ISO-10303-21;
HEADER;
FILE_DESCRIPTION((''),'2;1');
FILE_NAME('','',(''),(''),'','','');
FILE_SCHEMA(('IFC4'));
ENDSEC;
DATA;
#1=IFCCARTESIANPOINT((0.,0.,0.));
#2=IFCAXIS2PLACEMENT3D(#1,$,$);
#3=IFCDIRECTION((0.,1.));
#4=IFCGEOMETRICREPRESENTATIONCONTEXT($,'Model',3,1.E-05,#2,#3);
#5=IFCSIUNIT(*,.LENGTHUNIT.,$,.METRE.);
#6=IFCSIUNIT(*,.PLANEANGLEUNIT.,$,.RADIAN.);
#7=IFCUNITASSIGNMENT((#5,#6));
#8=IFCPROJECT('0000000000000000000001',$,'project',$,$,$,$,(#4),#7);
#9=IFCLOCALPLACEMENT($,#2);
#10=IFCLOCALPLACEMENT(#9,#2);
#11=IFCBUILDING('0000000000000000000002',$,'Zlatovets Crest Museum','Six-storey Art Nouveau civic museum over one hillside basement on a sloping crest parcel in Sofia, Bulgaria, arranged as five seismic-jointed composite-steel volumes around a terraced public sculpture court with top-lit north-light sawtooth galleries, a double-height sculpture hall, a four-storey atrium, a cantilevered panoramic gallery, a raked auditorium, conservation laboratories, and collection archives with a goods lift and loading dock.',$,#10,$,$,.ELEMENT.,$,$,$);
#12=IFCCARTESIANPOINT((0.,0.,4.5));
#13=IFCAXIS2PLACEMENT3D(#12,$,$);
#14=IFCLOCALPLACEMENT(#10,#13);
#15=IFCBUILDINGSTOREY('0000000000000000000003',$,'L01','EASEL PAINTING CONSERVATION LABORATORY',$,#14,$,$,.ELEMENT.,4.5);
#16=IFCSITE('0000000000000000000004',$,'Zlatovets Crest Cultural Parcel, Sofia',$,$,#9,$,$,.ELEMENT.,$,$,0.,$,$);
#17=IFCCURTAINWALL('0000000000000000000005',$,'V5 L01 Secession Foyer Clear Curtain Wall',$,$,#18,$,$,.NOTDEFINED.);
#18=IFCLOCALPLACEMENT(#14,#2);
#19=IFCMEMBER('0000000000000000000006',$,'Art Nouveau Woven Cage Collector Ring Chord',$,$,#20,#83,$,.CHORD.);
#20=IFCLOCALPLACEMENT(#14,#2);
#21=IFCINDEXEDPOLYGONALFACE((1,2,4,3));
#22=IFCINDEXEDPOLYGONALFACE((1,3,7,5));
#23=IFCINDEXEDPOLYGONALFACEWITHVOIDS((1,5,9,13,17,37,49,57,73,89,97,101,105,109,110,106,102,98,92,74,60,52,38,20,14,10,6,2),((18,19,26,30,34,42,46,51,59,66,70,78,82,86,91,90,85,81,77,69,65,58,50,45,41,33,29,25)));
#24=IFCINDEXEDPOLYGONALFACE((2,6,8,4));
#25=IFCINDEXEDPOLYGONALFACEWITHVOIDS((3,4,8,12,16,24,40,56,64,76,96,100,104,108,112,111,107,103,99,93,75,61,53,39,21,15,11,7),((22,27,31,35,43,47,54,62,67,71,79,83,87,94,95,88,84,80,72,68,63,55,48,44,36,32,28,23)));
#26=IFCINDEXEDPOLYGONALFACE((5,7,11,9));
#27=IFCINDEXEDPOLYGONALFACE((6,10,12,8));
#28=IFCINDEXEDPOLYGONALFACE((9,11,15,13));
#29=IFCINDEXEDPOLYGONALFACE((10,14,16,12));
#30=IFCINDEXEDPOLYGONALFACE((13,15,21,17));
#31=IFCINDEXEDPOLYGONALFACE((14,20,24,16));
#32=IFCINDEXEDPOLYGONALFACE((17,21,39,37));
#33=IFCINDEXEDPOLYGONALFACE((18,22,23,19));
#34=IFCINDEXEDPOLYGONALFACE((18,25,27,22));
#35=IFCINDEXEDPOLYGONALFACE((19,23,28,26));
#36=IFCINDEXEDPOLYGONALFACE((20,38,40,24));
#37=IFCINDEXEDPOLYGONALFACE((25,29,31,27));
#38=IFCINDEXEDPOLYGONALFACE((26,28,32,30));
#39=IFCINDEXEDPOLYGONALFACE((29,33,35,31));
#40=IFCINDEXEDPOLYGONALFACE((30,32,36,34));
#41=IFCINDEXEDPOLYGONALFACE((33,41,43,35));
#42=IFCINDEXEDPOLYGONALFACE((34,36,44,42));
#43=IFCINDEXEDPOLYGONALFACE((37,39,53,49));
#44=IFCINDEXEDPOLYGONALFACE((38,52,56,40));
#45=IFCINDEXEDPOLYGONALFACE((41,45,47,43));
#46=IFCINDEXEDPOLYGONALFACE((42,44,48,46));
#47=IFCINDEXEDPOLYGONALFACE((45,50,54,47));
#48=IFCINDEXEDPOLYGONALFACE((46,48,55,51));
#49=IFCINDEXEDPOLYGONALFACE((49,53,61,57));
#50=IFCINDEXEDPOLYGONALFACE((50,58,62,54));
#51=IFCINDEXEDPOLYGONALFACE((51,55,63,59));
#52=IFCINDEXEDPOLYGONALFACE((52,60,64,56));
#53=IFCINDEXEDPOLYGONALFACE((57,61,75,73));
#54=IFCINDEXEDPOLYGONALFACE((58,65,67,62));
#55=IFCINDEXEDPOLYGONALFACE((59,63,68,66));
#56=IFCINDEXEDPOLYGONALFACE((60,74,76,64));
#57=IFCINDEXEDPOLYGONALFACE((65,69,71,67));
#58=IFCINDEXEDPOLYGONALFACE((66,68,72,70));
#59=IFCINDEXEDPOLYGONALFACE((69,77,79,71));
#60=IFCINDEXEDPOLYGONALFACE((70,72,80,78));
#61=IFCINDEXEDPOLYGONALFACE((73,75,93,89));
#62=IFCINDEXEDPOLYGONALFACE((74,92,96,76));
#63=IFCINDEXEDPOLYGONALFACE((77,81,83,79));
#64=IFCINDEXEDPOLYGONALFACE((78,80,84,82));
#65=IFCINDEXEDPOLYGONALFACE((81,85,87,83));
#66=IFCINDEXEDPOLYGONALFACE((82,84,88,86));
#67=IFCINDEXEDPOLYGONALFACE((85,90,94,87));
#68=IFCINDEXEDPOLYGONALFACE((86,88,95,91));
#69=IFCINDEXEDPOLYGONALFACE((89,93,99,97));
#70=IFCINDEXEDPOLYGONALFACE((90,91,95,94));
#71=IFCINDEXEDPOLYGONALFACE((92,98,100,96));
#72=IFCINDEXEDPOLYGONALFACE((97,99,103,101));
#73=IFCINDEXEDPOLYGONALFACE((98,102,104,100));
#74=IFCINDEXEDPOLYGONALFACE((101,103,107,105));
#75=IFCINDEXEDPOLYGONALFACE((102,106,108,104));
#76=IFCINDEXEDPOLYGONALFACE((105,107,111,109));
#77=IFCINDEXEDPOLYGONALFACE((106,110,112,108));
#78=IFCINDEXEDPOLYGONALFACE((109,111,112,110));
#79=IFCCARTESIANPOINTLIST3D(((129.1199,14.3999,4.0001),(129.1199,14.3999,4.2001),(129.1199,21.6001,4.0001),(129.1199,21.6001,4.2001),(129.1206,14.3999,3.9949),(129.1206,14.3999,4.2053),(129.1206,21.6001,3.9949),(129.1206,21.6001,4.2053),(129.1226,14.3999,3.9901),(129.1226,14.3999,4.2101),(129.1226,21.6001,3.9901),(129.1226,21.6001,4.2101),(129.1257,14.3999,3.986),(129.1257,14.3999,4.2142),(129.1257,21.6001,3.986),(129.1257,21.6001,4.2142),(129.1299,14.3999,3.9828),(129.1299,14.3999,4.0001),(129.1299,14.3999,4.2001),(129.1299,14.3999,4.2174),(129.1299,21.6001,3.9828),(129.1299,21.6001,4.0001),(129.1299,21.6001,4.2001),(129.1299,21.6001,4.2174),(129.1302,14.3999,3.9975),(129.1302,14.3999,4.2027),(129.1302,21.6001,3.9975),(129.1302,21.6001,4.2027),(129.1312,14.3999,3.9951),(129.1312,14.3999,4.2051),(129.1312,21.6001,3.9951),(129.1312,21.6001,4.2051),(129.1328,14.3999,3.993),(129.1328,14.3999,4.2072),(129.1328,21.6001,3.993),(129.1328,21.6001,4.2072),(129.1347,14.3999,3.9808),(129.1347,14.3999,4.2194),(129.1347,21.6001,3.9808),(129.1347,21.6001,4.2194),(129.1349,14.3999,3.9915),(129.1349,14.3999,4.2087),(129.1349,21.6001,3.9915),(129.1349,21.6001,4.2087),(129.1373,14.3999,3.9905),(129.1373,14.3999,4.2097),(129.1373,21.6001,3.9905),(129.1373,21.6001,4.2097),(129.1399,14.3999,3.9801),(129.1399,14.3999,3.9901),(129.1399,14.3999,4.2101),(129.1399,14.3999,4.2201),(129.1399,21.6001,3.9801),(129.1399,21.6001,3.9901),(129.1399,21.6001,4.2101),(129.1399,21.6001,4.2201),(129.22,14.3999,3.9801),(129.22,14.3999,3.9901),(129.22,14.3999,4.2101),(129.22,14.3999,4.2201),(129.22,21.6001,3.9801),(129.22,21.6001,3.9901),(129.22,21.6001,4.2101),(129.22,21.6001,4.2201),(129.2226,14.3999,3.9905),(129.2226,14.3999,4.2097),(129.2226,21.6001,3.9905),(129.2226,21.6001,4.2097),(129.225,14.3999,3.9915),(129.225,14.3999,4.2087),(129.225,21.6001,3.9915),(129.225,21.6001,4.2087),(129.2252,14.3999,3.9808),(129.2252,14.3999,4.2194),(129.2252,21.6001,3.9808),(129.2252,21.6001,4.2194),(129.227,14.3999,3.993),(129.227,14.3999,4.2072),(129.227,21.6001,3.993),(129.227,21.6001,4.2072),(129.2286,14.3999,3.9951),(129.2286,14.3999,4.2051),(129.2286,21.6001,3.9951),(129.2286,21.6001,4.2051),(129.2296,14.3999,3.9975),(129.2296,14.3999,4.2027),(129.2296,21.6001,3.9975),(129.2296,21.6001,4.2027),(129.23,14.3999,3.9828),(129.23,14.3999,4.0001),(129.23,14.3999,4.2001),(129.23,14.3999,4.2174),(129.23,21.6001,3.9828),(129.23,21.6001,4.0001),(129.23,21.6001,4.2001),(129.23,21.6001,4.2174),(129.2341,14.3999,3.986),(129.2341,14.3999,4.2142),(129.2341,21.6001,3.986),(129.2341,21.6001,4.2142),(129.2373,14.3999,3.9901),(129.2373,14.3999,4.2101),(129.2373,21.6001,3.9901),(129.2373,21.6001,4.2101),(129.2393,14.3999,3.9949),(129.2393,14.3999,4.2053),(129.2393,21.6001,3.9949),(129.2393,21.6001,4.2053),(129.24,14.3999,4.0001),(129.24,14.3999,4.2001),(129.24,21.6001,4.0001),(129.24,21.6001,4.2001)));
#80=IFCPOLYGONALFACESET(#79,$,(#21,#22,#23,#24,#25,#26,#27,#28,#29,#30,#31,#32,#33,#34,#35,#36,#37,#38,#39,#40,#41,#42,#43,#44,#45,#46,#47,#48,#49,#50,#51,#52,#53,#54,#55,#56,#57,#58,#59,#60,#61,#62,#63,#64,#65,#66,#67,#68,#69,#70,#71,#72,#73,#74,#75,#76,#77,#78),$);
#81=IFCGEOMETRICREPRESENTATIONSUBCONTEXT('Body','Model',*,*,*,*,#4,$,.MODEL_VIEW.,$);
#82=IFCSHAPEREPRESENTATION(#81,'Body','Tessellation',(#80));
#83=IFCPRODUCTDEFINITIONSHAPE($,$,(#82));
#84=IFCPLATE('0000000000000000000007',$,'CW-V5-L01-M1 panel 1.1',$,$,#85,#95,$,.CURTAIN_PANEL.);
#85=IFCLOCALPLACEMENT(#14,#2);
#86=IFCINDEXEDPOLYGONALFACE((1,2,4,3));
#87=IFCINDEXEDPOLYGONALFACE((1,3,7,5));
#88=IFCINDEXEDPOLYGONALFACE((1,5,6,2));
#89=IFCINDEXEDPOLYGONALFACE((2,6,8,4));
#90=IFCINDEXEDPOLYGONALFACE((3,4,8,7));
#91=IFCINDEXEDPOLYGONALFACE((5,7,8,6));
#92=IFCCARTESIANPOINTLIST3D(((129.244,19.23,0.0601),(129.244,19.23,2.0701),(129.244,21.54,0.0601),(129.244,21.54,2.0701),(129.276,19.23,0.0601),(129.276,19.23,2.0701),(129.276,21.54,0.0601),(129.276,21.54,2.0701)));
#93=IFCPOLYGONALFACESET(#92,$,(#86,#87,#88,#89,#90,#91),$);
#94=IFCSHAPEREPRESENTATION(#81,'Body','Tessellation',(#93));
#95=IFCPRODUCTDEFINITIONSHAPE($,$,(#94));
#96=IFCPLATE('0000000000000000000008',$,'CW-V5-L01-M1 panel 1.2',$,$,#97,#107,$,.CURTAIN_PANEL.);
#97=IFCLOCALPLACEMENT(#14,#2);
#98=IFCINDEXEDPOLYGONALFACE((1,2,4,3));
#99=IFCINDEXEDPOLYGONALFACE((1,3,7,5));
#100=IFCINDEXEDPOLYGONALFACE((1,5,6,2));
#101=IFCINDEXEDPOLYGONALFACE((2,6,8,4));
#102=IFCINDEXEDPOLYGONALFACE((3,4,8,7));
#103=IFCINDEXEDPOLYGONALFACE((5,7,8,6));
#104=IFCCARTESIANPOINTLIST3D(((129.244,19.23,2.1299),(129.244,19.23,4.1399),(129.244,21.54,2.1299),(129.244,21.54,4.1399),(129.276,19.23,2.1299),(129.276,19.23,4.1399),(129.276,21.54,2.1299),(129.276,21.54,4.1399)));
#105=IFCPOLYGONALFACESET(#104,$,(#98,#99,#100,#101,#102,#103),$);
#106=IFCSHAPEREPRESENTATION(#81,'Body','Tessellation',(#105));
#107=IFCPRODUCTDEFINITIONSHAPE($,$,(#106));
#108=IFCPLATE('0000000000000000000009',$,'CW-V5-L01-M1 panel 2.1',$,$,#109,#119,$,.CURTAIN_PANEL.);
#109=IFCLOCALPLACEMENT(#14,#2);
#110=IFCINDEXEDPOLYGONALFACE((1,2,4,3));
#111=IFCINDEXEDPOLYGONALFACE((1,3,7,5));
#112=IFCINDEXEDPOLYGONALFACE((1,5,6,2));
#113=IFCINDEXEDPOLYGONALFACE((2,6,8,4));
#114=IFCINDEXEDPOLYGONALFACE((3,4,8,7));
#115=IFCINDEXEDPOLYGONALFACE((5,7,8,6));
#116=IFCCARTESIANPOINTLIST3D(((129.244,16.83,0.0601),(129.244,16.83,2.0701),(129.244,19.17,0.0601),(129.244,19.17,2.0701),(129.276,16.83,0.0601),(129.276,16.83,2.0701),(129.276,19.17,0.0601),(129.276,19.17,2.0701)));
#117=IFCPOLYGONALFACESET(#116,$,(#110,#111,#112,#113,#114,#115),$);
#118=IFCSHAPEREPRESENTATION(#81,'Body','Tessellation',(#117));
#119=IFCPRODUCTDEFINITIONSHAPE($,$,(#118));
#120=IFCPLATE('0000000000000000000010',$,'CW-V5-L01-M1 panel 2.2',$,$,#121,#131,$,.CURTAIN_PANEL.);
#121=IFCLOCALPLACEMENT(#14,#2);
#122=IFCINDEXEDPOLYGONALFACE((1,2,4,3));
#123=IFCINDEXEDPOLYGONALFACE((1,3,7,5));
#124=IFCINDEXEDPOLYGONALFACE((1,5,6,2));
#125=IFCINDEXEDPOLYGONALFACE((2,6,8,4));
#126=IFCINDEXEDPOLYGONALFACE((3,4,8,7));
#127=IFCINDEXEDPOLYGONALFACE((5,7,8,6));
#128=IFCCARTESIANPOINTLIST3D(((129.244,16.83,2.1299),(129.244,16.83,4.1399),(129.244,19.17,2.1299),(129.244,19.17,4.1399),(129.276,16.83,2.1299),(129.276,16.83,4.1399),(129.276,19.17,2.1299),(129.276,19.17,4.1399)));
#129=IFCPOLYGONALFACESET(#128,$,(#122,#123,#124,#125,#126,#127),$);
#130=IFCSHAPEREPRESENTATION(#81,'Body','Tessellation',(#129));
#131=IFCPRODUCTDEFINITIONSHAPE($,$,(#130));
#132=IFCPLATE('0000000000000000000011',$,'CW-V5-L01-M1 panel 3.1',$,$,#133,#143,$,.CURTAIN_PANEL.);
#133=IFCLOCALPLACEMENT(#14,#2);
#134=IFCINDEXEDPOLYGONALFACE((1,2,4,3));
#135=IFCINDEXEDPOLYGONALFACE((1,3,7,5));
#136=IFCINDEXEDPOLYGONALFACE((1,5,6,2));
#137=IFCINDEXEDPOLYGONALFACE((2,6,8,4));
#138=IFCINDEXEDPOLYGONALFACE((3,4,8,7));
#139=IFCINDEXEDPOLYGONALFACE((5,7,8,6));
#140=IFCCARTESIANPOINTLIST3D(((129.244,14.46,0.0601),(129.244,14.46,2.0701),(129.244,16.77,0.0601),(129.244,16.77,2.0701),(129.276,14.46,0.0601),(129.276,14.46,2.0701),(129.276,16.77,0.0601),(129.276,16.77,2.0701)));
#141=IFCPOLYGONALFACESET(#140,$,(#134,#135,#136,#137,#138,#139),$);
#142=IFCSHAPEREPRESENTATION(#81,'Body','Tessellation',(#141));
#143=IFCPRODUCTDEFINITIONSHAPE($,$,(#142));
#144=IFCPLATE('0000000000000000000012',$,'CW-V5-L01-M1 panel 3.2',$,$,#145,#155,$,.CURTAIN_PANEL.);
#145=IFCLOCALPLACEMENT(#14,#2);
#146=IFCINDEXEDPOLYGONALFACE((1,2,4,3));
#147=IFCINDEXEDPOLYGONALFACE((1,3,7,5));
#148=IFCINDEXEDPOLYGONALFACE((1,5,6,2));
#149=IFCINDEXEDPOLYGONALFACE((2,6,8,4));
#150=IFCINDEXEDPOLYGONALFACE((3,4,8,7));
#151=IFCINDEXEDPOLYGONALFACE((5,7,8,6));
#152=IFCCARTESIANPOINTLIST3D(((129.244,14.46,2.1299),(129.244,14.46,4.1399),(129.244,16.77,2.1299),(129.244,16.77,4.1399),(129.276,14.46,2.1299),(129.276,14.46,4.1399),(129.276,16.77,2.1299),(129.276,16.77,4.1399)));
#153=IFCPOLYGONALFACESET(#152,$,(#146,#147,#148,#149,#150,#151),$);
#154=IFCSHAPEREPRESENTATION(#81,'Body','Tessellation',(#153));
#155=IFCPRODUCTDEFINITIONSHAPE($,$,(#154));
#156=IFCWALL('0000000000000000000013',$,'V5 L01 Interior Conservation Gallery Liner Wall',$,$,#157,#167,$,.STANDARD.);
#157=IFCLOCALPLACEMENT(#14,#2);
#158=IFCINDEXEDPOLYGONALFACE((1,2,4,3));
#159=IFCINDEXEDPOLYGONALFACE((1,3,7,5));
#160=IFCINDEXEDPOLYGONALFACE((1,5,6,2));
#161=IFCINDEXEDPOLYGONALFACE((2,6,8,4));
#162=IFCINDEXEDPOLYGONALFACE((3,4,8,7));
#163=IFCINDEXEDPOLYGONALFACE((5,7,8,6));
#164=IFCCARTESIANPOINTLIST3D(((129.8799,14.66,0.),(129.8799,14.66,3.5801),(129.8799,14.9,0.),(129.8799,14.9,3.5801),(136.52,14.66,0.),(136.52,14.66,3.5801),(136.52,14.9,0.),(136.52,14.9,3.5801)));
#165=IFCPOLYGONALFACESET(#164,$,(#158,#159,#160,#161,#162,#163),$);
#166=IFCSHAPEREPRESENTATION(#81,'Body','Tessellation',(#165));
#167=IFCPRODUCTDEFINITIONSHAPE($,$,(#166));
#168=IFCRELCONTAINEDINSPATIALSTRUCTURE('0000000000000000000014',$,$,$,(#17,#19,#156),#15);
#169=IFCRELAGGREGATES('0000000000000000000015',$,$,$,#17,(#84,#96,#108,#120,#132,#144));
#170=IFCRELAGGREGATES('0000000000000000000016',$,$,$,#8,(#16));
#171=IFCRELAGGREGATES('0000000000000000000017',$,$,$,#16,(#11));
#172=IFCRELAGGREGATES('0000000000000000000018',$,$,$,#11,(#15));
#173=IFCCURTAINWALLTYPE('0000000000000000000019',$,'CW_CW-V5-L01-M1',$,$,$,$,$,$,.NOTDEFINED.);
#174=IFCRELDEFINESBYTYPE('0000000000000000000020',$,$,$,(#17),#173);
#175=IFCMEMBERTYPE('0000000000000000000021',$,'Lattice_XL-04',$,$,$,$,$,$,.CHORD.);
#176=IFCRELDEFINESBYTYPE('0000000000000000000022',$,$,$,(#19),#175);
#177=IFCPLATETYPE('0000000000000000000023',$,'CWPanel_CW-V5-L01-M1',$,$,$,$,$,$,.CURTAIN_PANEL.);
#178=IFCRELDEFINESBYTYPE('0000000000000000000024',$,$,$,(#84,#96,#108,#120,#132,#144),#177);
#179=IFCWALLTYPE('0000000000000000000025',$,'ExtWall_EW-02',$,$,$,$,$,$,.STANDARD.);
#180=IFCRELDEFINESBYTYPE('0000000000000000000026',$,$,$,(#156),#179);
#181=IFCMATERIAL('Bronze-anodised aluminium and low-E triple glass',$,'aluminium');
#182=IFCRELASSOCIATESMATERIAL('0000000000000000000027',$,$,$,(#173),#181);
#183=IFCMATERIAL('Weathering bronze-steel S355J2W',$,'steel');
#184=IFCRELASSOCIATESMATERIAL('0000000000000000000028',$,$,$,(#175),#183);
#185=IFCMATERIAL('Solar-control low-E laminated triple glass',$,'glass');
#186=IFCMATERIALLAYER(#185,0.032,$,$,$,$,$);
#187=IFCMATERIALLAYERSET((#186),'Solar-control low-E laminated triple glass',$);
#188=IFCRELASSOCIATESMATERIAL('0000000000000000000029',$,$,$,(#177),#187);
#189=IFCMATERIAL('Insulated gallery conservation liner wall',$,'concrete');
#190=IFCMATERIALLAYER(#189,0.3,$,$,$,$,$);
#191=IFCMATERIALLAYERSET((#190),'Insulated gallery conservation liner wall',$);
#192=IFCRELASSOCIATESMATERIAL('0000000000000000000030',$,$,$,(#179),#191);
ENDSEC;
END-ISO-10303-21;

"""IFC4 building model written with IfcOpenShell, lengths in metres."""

from ifc_helpers import new_model, si_unit, direction, frame, frame_2d, origin, origin_2d, place, context, subcontext, project, spatial, rectangle, hollow_rectangle, extrude, material, layer, layer_set, material_profile, profile_set, type_object, element, aggregate, save


model = new_model("IFC4")

# Units and contexts
model_context = context("Model", 3, precision=1e-05, world=origin(), true_north=direction((0.0, 1.0)))
body_context = subcontext(model_context, "Body", "Model", "MODEL_VIEW")
ifc_project = project(units=[si_unit("LENGTHUNIT", "METRE"), si_unit("PLANEANGLEUNIT", "RADIAN")], contexts=[model_context])

# Site, building, storey
site_placement = place(None, origin())
site = spatial("IfcSite", under=ifc_project, at=site_placement, Name="Zlatovets Crest Cultural Parcel, Sofia", CompositionType="ELEMENT", RefElevation=0.0)
building_placement = place(site_placement, origin())
building = spatial("IfcBuilding", under=site, at=building_placement, Name="Zlatovets Crest Museum", Description="Six-storey Art Nouveau civic museum over one hillside basement on a sloping crest parcel in Sofia, Bulgaria, arranged as five seismic-jointed composite-steel volumes around a terraced public sculpture court with top-lit north-light sawtooth galleries, a double-height sculpture hall, a four-storey atrium, a cantilevered panoramic gallery, a raked auditorium, conservation laboratories, and collection archives with a goods lift and loading dock.", CompositionType="ELEMENT")
storey_placement = place(building_placement, frame((0.0, 0.0, 4.5)))
storey = spatial("IfcBuildingStorey", under=building, at=storey_placement, Name="L01", Description="EASEL PAINTING CONSERVATION LABORATORY", CompositionType="ELEMENT", Elevation=4.5)

# Curtain wall
ifc_material_1 = material(Name="Bronze-anodised aluminium and low-E triple glass", Category="aluminium")
curtain_wall_type_1 = type_object("IfcCurtainWallType", Name="CW_CW-V5-L01-M1", PredefinedType="NOTDEFINED", material=ifc_material_1)
curtain_wall_1_placement = place(storey_placement, origin())
curtain_wall_1 = element("IfcCurtainWall", 1, at=curtain_wall_1_placement, inside=storey, type_object=curtain_wall_type_1, Name="V5 L01 Secession Foyer Clear Curtain Wall", PredefinedType="NOTDEFINED")

# Member
ifc_material_2 = material(Name="Weathering bronze-steel S355J2W", Category="steel")
ifc_material_profile_1 = material_profile(ifc_material_2, hollow_rectangle(XDim=0.1201, YDim=0.24, WallThickness=0.01, InnerFilletRadius=0.01, OuterFilletRadius=0.02, at=origin_2d()), Name="RHS 120x240x10.0")
ifc_profile_set_1 = profile_set([ifc_material_profile_1], Name="Weathering bronze-steel S355J2W")
member_type_1 = type_object("IfcMemberType", Name="Lattice_XL-04", PredefinedType="CHORD", material=ifc_profile_set_1)
member_1_placement = place(storey_placement, frame((129.1799, 21.6001, 4.1001), z_axis=(0.0, -1.0, 0.0), x_axis=(1.0, 0.0, 0.0)))
element("IfcMember", 2, at=member_1_placement, inside=storey, type_object=member_type_1, Name="Art Nouveau Woven Cage Collector Ring Chord", PredefinedType="CHORD", context=body_context, shape_type="SweptSolid", body=[
    extrude(hollow_rectangle(XDim=0.1201, YDim=0.24, WallThickness=0.01, InnerFilletRadius=0.01, OuterFilletRadius=0.02, at=origin_2d()), origin(), (0.0, 0.0, 1.0), 7.2002),
])

# Plates
ifc_material_3 = material(Name="Solar-control low-E laminated triple glass", Category="glass")
ifc_layer_1 = layer(ifc_material_3, 0.032)
ifc_layer_set_1 = layer_set([ifc_layer_1], Name="Solar-control low-E laminated triple glass")
plate_type = type_object("IfcPlateType", Name="CWPanel_CW-V5-L01-M1", PredefinedType="CURTAIN_PANEL", material=ifc_layer_set_1)
plate_1_placement = place(storey_placement, frame((129.26, 20.385, 0.0601), z_axis=(0.0, 0.0, 1.0), x_axis=(0.0, -1.0, 0.0)))
plate_1 = element("IfcPlate", 3, at=plate_1_placement, type_object=plate_type, Name="CW-V5-L01-M1 panel 1.1", PredefinedType="CURTAIN_PANEL", context=body_context, shape_type="SweptSolid", body=[
    extrude(rectangle(XDim=2.3101, YDim=0.032, at=origin_2d()), origin(), (0.0, 0.0, 1.0), 2.01),
])
plate_2_placement = place(storey_placement, frame((129.26, 20.385, 2.1299), z_axis=(0.0, 0.0, 1.0), x_axis=(0.0, -1.0, 0.0)))
plate_2 = element("IfcPlate", 4, at=plate_2_placement, type_object=plate_type, Name="CW-V5-L01-M1 panel 1.2", PredefinedType="CURTAIN_PANEL", context=body_context, shape_type="SweptSolid", body=[
    extrude(rectangle(XDim=2.3101, YDim=0.032, at=origin_2d()), origin(), (0.0, 0.0, 1.0), 2.01),
])
plate_3_placement = place(storey_placement, frame((129.26, 18.0, 0.0601), z_axis=(0.0, 0.0, 1.0), x_axis=(0.0, -1.0, 0.0)))
plate_3 = element("IfcPlate", 5, at=plate_3_placement, type_object=plate_type, Name="CW-V5-L01-M1 panel 2.1", PredefinedType="CURTAIN_PANEL", context=body_context, shape_type="SweptSolid", body=[
    extrude(rectangle(XDim=2.3401, YDim=0.032, at=origin_2d()), origin(), (0.0, 0.0, 1.0), 2.01),
])
plate_4_placement = place(storey_placement, frame((129.26, 18.0, 2.1299), z_axis=(0.0, 0.0, 1.0), x_axis=(0.0, -1.0, 0.0)))
plate_4 = element("IfcPlate", 6, at=plate_4_placement, type_object=plate_type, Name="CW-V5-L01-M1 panel 2.2", PredefinedType="CURTAIN_PANEL", context=body_context, shape_type="SweptSolid", body=[
    extrude(rectangle(XDim=2.3401, YDim=0.032, at=origin_2d()), origin(), (0.0, 0.0, 1.0), 2.01),
])
plate_5_placement = place(storey_placement, frame((129.26, 15.615, 0.0601), z_axis=(0.0, 0.0, 1.0), x_axis=(0.0, -1.0, 0.0)))
plate_5 = element("IfcPlate", 7, at=plate_5_placement, type_object=plate_type, Name="CW-V5-L01-M1 panel 3.1", PredefinedType="CURTAIN_PANEL", context=body_context, shape_type="SweptSolid", body=[
    extrude(rectangle(XDim=2.3101, YDim=0.032, at=origin_2d()), origin(), (0.0, 0.0, 1.0), 2.01),
])
plate_6_placement = place(storey_placement, frame((129.26, 15.615, 2.1299), z_axis=(0.0, 0.0, 1.0), x_axis=(0.0, -1.0, 0.0)))
plate_6 = element("IfcPlate", 8, at=plate_6_placement, type_object=plate_type, Name="CW-V5-L01-M1 panel 3.2", PredefinedType="CURTAIN_PANEL", context=body_context, shape_type="SweptSolid", body=[
    extrude(rectangle(XDim=2.3101, YDim=0.032, at=origin_2d()), origin(), (0.0, 0.0, 1.0), 2.01),
])
aggregate(curtain_wall_1, [plate_1, plate_2, plate_3, plate_4, plate_5, plate_6])

# Wall
ifc_material_4 = material(Name="Insulated gallery conservation liner wall", Category="concrete")
ifc_layer_2 = layer(ifc_material_4, 0.3)
ifc_layer_set_2 = layer_set([ifc_layer_2], Name="Insulated gallery conservation liner wall")
wall_type_1 = type_object("IfcWallType", Name="ExtWall_EW-02", PredefinedType="STANDARD", material=ifc_layer_set_2)
wall_1_placement = place(storey_placement, frame((129.8799, 14.78, 0.0), z_axis=(0.0, 0.0, 1.0), x_axis=(1.0, 0.0, 0.0)))
element("IfcWall", 9, at=wall_1_placement, inside=storey, type_object=wall_type_1, Name="V5 L01 Interior Conservation Gallery Liner Wall", PredefinedType="STANDARD", context=body_context, shape_type="SweptSolid", body=[
    extrude(rectangle(XDim=6.6401, YDim=0.24, at=frame_2d((3.3201, 0.0))), origin(), (0.0, 0.0, 1.0), 3.5801),
])

save(model, "model.ifc")
